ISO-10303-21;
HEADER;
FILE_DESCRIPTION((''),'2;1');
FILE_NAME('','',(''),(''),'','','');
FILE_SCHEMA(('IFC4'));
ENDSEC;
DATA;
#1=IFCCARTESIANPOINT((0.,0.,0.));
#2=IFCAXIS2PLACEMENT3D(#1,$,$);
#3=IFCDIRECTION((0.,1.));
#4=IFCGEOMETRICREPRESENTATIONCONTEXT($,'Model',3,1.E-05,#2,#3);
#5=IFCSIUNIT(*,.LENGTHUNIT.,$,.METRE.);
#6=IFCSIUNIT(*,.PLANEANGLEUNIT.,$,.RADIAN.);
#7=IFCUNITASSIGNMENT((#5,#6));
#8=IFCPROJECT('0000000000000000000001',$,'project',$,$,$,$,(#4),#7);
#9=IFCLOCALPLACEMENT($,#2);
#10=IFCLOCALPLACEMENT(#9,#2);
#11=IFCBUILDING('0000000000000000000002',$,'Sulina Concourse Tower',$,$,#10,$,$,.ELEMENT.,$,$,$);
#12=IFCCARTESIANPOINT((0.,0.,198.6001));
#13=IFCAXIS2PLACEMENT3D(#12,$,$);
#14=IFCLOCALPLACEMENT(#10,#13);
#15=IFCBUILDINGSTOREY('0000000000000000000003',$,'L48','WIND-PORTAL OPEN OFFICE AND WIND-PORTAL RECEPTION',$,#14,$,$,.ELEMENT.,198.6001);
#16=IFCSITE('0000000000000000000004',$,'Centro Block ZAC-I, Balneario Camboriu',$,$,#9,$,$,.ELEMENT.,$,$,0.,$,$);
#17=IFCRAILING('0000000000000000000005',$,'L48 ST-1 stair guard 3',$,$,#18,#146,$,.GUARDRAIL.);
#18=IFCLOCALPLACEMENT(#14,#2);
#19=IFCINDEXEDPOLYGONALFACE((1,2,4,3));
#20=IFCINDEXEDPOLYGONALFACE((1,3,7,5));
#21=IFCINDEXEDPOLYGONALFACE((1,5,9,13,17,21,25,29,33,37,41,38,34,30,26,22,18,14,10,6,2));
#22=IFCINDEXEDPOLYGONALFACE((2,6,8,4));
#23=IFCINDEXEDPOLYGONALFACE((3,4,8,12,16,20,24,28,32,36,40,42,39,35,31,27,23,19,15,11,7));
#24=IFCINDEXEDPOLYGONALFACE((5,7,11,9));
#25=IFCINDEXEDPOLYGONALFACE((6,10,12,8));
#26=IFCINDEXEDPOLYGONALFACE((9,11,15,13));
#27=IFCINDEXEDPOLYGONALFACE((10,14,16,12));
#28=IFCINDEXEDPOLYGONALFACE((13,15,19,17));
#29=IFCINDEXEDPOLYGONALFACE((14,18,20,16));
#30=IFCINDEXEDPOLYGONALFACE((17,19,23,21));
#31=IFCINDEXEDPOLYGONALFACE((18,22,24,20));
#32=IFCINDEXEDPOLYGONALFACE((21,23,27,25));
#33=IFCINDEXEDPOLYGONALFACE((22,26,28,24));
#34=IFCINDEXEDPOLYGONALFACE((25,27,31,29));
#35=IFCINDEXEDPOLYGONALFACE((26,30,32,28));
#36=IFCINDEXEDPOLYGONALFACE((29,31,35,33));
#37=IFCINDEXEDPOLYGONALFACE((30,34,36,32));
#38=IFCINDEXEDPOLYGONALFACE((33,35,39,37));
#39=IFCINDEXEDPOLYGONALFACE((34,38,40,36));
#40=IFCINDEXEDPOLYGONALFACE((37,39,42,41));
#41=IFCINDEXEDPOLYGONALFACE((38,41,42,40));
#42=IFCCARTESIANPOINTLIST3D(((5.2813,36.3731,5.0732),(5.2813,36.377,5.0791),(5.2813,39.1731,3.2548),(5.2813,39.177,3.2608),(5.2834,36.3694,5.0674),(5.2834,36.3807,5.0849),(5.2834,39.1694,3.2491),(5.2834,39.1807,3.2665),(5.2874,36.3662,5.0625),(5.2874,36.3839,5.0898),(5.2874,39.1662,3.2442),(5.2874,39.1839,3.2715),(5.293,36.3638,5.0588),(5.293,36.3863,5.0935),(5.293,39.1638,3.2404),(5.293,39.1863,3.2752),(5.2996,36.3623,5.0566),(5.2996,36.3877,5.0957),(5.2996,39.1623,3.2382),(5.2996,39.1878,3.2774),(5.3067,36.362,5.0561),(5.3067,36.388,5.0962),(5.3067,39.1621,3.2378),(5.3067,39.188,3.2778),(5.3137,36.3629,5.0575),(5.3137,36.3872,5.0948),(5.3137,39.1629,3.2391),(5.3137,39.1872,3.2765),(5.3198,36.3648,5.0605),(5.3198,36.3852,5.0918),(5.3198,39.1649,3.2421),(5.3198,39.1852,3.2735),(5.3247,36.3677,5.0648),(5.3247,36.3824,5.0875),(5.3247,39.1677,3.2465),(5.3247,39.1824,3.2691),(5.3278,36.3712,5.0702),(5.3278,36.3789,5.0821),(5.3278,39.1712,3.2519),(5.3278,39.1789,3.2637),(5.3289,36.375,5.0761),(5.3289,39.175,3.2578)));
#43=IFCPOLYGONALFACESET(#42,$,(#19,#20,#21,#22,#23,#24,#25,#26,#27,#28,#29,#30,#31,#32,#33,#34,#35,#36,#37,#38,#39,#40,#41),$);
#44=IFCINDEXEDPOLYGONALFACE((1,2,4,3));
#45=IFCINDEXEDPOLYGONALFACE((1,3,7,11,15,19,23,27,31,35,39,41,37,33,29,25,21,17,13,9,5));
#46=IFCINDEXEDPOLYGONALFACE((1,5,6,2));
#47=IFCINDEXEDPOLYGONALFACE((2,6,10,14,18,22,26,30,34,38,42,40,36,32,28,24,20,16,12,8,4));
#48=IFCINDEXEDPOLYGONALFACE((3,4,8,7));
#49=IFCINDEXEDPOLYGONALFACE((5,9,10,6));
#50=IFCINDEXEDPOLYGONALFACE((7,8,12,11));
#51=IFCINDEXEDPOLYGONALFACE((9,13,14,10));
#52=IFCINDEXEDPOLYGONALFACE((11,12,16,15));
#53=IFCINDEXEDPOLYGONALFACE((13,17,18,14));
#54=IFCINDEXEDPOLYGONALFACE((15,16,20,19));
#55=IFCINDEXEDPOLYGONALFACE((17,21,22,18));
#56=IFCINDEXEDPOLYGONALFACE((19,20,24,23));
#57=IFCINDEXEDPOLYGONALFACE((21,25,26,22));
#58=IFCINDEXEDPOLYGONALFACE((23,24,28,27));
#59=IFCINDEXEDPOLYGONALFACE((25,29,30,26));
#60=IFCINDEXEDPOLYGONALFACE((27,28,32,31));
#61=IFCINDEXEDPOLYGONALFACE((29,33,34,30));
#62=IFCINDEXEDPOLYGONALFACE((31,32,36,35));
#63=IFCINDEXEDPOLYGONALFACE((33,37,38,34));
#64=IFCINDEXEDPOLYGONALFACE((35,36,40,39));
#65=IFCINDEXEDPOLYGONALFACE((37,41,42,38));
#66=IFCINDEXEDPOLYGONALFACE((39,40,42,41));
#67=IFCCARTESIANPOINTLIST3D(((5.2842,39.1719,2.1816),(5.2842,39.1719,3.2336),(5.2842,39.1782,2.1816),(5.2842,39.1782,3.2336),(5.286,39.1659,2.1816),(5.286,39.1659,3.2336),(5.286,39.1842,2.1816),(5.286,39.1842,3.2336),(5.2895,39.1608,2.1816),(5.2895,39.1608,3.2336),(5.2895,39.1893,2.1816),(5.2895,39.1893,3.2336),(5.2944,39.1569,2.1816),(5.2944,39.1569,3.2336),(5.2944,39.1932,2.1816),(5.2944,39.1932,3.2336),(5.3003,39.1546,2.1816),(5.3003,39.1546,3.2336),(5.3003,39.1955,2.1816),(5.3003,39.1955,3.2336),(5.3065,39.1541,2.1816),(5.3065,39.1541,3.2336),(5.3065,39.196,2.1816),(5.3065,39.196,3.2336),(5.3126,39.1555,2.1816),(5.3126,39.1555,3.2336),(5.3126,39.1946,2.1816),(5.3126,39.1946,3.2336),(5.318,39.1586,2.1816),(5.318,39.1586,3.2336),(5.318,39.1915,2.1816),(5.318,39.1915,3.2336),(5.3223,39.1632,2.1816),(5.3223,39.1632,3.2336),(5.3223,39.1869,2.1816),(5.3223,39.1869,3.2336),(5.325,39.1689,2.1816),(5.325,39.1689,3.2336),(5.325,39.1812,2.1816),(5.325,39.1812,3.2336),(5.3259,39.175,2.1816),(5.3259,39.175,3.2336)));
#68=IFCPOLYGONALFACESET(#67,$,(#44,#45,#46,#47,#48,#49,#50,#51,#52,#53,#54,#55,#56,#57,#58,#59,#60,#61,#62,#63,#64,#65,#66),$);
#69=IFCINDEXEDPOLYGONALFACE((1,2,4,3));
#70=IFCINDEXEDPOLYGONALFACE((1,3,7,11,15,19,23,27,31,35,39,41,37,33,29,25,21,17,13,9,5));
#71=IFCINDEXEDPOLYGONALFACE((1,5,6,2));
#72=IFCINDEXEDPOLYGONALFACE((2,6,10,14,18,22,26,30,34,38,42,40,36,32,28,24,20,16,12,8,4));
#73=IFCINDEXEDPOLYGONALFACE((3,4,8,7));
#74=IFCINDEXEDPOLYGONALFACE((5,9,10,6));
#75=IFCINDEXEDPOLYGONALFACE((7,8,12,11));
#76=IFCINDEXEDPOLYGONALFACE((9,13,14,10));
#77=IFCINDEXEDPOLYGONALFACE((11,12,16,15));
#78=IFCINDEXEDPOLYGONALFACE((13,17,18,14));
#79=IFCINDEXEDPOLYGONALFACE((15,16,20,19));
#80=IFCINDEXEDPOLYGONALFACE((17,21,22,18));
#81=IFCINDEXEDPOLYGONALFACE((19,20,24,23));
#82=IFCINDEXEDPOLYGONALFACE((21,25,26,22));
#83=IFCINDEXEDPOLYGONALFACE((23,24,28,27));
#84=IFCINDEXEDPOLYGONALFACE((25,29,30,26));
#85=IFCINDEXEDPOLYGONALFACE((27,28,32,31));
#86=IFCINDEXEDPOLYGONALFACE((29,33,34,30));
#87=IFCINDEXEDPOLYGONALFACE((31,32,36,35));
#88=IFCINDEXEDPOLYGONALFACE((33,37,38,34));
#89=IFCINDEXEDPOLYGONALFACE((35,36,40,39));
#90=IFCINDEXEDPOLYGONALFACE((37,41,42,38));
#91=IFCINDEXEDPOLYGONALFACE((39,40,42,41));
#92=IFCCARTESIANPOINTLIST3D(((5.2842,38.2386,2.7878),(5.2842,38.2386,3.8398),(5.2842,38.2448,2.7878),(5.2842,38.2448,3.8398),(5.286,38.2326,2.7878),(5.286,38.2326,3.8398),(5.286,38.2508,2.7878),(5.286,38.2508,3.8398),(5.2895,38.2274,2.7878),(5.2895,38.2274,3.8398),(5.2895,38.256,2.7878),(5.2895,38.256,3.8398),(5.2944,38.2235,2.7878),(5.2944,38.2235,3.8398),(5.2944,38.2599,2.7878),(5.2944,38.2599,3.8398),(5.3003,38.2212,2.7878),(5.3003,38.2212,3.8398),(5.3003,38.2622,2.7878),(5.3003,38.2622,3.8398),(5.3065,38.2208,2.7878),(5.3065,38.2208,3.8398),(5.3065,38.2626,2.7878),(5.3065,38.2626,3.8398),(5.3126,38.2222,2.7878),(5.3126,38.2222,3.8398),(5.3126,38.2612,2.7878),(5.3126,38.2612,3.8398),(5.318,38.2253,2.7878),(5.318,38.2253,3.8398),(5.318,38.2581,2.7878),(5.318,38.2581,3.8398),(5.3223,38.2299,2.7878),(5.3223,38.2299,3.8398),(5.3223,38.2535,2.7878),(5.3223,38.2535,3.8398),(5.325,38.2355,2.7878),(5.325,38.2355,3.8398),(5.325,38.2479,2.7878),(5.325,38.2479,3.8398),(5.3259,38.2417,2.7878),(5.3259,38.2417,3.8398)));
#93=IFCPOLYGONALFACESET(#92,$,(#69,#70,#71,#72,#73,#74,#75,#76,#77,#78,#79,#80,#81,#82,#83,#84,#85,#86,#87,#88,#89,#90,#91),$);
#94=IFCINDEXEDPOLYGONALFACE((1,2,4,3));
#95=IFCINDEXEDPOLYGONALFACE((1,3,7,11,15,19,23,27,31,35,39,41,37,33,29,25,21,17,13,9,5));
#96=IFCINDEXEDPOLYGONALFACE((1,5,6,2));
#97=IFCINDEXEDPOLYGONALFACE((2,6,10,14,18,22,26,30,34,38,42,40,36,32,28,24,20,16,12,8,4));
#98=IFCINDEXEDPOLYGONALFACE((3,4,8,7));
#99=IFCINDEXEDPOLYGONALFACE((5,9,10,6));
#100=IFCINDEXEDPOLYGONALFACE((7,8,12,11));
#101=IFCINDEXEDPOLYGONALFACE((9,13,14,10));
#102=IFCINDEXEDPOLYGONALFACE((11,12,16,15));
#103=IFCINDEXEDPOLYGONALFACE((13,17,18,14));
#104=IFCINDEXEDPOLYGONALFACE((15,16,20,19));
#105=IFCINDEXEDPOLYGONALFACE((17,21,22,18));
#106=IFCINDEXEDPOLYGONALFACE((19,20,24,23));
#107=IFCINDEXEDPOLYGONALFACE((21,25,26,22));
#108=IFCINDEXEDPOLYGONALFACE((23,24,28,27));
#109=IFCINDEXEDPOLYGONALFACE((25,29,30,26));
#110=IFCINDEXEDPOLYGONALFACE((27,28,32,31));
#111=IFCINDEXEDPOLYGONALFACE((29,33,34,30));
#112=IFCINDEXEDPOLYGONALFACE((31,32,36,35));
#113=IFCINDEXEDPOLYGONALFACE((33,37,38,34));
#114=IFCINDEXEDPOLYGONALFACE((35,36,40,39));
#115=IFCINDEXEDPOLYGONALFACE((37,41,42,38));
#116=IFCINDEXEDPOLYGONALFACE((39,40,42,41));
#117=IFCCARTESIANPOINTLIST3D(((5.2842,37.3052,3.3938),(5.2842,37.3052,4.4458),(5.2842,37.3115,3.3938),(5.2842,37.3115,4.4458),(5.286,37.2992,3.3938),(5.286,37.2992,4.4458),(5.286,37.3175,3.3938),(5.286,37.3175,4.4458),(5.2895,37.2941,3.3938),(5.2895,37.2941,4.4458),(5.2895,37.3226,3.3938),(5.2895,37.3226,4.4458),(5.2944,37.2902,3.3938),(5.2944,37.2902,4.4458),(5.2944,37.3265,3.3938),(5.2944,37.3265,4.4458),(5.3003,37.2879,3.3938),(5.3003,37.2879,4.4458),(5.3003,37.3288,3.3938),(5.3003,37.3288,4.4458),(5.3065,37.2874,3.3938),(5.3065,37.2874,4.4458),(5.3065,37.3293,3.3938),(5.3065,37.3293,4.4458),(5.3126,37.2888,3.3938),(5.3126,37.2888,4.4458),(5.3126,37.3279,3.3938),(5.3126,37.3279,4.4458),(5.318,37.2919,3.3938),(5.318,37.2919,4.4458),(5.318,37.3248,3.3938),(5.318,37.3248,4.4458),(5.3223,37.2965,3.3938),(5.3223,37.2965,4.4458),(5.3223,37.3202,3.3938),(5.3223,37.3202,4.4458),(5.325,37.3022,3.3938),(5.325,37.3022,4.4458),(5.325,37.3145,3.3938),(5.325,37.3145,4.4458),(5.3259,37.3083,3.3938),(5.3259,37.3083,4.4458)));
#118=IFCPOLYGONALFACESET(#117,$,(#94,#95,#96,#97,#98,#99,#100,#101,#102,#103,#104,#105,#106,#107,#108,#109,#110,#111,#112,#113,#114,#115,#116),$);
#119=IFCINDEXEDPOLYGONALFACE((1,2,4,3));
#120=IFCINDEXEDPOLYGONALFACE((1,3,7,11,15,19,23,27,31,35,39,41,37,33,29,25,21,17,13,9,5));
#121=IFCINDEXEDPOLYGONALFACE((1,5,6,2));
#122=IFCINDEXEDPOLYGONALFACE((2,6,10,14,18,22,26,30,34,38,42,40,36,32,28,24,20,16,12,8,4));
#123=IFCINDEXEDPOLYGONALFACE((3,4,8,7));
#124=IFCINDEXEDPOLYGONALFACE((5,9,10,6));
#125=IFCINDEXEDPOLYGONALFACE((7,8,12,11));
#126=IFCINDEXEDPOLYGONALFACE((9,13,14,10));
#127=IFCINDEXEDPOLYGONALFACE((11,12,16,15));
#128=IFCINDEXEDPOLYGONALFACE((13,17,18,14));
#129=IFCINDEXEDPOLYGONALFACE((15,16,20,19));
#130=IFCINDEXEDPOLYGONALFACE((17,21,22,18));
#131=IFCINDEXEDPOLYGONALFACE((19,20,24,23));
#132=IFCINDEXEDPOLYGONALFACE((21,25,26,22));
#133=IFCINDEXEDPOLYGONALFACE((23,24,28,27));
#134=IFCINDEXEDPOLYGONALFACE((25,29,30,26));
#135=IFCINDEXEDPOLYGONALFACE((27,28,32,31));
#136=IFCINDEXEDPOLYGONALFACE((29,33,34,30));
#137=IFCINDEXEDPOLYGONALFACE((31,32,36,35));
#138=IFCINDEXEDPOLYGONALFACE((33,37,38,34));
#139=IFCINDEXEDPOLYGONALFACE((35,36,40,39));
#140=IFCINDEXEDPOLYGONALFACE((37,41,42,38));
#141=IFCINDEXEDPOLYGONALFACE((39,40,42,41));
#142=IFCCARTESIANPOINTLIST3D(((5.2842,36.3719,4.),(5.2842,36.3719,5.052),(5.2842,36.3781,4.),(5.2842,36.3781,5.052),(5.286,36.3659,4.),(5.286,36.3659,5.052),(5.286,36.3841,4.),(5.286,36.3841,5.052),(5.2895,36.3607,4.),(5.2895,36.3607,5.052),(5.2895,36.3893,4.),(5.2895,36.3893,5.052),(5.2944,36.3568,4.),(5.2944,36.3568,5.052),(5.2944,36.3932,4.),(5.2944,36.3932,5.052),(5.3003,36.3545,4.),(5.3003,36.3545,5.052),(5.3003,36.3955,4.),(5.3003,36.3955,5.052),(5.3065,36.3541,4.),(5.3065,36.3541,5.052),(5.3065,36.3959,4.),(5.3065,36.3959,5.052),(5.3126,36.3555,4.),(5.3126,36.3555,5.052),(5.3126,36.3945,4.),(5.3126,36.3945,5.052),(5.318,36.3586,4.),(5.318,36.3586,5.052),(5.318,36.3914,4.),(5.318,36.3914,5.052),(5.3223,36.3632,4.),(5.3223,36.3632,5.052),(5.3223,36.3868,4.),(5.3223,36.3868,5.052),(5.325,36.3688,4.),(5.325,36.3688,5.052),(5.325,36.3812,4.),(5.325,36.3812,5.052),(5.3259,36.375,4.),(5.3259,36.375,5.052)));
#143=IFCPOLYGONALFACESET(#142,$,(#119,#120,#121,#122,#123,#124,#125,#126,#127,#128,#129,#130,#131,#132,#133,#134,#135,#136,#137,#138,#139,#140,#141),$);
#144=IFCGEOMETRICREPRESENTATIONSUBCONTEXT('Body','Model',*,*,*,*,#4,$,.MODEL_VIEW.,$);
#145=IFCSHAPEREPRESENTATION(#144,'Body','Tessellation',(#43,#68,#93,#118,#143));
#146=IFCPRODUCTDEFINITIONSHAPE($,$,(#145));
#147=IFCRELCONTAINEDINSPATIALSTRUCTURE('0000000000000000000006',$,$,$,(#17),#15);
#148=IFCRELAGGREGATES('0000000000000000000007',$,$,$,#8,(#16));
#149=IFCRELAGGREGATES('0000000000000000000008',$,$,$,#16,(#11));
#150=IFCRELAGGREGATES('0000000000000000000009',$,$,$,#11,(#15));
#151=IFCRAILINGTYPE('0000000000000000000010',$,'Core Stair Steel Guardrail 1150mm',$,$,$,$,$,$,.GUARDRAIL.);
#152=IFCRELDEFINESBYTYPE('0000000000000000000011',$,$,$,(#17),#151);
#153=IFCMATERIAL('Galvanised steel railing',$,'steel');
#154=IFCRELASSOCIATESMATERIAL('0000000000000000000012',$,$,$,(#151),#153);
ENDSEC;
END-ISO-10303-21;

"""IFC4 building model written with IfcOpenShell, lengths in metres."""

from ifc_helpers import new_model, si_unit, direction, frame, origin, origin_2d, place, context, subcontext, project, spatial, circle, extrude, material, type_object, element, save


model = new_model("IFC4")

# Units and contexts
model_context = context("Model", 3, precision=1e-05, world=origin(), true_north=direction((0.0, 1.0)))
body_context = subcontext(model_context, "Body", "Model", "MODEL_VIEW")
ifc_project = project(units=[si_unit("LENGTHUNIT", "METRE"), si_unit("PLANEANGLEUNIT", "RADIAN")], contexts=[model_context])

# Site, building, storey
site_placement = place(None, origin())
site = spatial("IfcSite", under=ifc_project, at=site_placement, Name="Centro Block ZAC-I, Balneario Camboriu", CompositionType="ELEMENT", RefElevation=0.0)
building_placement = place(site_placement, origin())
building = spatial("IfcBuilding", under=site, at=building_placement, Name="Sulina Concourse Tower", CompositionType="ELEMENT")
storey_placement = place(building_placement, frame((0.0, 0.0, 198.6001)))
storey = spatial("IfcBuildingStorey", under=building, at=storey_placement, Name="L48", Description="WIND-PORTAL OPEN OFFICE AND WIND-PORTAL RECEPTION", CompositionType="ELEMENT", Elevation=198.6001)

# Railing
ifc_material_1 = material(Name="Galvanised steel railing", Category="steel")
railing_type_1 = type_object("IfcRailingType", Name="Core Stair Steel Guardrail 1150mm", PredefinedType="GUARDRAIL", material=ifc_material_1)
railing_1_placement = place(storey_placement, frame((5.3049, 39.175, 2.1816)))
element("IfcRailing", 1, at=railing_1_placement, inside=storey, type_object=railing_type_1, Name="L48 ST-1 stair guard 3", PredefinedType="GUARDRAIL", context=body_context, shape_type="SweptSolid", body=[
    extrude(circle(Radius=0.0239, at=origin_2d()), frame((0.0, 0.0, 1.0762), z_axis=(0.0, -0.838672, 0.544636), x_axis=(1.0, 0.0, 0.0)), (0.0, 0.0, 1.0), 3.3386),
    extrude(circle(Radius=0.021, at=origin_2d()), origin(), (0.0, 0.0, 1.0), 1.052),
    extrude(circle(Radius=0.021, at=origin_2d()), frame((0.0, -0.9333, 0.6062)), (0.0, 0.0, 1.0), 1.052),
    extrude(circle(Radius=0.021, at=origin_2d()), frame((0.0, -1.8667, 1.2122)), (0.0, 0.0, 1.0), 1.052),
    extrude(circle(Radius=0.021, at=origin_2d()), frame((0.0, -2.8, 1.8184)), (0.0, 0.0, 1.0), 1.052),
])

save(model, "model.ifc")
